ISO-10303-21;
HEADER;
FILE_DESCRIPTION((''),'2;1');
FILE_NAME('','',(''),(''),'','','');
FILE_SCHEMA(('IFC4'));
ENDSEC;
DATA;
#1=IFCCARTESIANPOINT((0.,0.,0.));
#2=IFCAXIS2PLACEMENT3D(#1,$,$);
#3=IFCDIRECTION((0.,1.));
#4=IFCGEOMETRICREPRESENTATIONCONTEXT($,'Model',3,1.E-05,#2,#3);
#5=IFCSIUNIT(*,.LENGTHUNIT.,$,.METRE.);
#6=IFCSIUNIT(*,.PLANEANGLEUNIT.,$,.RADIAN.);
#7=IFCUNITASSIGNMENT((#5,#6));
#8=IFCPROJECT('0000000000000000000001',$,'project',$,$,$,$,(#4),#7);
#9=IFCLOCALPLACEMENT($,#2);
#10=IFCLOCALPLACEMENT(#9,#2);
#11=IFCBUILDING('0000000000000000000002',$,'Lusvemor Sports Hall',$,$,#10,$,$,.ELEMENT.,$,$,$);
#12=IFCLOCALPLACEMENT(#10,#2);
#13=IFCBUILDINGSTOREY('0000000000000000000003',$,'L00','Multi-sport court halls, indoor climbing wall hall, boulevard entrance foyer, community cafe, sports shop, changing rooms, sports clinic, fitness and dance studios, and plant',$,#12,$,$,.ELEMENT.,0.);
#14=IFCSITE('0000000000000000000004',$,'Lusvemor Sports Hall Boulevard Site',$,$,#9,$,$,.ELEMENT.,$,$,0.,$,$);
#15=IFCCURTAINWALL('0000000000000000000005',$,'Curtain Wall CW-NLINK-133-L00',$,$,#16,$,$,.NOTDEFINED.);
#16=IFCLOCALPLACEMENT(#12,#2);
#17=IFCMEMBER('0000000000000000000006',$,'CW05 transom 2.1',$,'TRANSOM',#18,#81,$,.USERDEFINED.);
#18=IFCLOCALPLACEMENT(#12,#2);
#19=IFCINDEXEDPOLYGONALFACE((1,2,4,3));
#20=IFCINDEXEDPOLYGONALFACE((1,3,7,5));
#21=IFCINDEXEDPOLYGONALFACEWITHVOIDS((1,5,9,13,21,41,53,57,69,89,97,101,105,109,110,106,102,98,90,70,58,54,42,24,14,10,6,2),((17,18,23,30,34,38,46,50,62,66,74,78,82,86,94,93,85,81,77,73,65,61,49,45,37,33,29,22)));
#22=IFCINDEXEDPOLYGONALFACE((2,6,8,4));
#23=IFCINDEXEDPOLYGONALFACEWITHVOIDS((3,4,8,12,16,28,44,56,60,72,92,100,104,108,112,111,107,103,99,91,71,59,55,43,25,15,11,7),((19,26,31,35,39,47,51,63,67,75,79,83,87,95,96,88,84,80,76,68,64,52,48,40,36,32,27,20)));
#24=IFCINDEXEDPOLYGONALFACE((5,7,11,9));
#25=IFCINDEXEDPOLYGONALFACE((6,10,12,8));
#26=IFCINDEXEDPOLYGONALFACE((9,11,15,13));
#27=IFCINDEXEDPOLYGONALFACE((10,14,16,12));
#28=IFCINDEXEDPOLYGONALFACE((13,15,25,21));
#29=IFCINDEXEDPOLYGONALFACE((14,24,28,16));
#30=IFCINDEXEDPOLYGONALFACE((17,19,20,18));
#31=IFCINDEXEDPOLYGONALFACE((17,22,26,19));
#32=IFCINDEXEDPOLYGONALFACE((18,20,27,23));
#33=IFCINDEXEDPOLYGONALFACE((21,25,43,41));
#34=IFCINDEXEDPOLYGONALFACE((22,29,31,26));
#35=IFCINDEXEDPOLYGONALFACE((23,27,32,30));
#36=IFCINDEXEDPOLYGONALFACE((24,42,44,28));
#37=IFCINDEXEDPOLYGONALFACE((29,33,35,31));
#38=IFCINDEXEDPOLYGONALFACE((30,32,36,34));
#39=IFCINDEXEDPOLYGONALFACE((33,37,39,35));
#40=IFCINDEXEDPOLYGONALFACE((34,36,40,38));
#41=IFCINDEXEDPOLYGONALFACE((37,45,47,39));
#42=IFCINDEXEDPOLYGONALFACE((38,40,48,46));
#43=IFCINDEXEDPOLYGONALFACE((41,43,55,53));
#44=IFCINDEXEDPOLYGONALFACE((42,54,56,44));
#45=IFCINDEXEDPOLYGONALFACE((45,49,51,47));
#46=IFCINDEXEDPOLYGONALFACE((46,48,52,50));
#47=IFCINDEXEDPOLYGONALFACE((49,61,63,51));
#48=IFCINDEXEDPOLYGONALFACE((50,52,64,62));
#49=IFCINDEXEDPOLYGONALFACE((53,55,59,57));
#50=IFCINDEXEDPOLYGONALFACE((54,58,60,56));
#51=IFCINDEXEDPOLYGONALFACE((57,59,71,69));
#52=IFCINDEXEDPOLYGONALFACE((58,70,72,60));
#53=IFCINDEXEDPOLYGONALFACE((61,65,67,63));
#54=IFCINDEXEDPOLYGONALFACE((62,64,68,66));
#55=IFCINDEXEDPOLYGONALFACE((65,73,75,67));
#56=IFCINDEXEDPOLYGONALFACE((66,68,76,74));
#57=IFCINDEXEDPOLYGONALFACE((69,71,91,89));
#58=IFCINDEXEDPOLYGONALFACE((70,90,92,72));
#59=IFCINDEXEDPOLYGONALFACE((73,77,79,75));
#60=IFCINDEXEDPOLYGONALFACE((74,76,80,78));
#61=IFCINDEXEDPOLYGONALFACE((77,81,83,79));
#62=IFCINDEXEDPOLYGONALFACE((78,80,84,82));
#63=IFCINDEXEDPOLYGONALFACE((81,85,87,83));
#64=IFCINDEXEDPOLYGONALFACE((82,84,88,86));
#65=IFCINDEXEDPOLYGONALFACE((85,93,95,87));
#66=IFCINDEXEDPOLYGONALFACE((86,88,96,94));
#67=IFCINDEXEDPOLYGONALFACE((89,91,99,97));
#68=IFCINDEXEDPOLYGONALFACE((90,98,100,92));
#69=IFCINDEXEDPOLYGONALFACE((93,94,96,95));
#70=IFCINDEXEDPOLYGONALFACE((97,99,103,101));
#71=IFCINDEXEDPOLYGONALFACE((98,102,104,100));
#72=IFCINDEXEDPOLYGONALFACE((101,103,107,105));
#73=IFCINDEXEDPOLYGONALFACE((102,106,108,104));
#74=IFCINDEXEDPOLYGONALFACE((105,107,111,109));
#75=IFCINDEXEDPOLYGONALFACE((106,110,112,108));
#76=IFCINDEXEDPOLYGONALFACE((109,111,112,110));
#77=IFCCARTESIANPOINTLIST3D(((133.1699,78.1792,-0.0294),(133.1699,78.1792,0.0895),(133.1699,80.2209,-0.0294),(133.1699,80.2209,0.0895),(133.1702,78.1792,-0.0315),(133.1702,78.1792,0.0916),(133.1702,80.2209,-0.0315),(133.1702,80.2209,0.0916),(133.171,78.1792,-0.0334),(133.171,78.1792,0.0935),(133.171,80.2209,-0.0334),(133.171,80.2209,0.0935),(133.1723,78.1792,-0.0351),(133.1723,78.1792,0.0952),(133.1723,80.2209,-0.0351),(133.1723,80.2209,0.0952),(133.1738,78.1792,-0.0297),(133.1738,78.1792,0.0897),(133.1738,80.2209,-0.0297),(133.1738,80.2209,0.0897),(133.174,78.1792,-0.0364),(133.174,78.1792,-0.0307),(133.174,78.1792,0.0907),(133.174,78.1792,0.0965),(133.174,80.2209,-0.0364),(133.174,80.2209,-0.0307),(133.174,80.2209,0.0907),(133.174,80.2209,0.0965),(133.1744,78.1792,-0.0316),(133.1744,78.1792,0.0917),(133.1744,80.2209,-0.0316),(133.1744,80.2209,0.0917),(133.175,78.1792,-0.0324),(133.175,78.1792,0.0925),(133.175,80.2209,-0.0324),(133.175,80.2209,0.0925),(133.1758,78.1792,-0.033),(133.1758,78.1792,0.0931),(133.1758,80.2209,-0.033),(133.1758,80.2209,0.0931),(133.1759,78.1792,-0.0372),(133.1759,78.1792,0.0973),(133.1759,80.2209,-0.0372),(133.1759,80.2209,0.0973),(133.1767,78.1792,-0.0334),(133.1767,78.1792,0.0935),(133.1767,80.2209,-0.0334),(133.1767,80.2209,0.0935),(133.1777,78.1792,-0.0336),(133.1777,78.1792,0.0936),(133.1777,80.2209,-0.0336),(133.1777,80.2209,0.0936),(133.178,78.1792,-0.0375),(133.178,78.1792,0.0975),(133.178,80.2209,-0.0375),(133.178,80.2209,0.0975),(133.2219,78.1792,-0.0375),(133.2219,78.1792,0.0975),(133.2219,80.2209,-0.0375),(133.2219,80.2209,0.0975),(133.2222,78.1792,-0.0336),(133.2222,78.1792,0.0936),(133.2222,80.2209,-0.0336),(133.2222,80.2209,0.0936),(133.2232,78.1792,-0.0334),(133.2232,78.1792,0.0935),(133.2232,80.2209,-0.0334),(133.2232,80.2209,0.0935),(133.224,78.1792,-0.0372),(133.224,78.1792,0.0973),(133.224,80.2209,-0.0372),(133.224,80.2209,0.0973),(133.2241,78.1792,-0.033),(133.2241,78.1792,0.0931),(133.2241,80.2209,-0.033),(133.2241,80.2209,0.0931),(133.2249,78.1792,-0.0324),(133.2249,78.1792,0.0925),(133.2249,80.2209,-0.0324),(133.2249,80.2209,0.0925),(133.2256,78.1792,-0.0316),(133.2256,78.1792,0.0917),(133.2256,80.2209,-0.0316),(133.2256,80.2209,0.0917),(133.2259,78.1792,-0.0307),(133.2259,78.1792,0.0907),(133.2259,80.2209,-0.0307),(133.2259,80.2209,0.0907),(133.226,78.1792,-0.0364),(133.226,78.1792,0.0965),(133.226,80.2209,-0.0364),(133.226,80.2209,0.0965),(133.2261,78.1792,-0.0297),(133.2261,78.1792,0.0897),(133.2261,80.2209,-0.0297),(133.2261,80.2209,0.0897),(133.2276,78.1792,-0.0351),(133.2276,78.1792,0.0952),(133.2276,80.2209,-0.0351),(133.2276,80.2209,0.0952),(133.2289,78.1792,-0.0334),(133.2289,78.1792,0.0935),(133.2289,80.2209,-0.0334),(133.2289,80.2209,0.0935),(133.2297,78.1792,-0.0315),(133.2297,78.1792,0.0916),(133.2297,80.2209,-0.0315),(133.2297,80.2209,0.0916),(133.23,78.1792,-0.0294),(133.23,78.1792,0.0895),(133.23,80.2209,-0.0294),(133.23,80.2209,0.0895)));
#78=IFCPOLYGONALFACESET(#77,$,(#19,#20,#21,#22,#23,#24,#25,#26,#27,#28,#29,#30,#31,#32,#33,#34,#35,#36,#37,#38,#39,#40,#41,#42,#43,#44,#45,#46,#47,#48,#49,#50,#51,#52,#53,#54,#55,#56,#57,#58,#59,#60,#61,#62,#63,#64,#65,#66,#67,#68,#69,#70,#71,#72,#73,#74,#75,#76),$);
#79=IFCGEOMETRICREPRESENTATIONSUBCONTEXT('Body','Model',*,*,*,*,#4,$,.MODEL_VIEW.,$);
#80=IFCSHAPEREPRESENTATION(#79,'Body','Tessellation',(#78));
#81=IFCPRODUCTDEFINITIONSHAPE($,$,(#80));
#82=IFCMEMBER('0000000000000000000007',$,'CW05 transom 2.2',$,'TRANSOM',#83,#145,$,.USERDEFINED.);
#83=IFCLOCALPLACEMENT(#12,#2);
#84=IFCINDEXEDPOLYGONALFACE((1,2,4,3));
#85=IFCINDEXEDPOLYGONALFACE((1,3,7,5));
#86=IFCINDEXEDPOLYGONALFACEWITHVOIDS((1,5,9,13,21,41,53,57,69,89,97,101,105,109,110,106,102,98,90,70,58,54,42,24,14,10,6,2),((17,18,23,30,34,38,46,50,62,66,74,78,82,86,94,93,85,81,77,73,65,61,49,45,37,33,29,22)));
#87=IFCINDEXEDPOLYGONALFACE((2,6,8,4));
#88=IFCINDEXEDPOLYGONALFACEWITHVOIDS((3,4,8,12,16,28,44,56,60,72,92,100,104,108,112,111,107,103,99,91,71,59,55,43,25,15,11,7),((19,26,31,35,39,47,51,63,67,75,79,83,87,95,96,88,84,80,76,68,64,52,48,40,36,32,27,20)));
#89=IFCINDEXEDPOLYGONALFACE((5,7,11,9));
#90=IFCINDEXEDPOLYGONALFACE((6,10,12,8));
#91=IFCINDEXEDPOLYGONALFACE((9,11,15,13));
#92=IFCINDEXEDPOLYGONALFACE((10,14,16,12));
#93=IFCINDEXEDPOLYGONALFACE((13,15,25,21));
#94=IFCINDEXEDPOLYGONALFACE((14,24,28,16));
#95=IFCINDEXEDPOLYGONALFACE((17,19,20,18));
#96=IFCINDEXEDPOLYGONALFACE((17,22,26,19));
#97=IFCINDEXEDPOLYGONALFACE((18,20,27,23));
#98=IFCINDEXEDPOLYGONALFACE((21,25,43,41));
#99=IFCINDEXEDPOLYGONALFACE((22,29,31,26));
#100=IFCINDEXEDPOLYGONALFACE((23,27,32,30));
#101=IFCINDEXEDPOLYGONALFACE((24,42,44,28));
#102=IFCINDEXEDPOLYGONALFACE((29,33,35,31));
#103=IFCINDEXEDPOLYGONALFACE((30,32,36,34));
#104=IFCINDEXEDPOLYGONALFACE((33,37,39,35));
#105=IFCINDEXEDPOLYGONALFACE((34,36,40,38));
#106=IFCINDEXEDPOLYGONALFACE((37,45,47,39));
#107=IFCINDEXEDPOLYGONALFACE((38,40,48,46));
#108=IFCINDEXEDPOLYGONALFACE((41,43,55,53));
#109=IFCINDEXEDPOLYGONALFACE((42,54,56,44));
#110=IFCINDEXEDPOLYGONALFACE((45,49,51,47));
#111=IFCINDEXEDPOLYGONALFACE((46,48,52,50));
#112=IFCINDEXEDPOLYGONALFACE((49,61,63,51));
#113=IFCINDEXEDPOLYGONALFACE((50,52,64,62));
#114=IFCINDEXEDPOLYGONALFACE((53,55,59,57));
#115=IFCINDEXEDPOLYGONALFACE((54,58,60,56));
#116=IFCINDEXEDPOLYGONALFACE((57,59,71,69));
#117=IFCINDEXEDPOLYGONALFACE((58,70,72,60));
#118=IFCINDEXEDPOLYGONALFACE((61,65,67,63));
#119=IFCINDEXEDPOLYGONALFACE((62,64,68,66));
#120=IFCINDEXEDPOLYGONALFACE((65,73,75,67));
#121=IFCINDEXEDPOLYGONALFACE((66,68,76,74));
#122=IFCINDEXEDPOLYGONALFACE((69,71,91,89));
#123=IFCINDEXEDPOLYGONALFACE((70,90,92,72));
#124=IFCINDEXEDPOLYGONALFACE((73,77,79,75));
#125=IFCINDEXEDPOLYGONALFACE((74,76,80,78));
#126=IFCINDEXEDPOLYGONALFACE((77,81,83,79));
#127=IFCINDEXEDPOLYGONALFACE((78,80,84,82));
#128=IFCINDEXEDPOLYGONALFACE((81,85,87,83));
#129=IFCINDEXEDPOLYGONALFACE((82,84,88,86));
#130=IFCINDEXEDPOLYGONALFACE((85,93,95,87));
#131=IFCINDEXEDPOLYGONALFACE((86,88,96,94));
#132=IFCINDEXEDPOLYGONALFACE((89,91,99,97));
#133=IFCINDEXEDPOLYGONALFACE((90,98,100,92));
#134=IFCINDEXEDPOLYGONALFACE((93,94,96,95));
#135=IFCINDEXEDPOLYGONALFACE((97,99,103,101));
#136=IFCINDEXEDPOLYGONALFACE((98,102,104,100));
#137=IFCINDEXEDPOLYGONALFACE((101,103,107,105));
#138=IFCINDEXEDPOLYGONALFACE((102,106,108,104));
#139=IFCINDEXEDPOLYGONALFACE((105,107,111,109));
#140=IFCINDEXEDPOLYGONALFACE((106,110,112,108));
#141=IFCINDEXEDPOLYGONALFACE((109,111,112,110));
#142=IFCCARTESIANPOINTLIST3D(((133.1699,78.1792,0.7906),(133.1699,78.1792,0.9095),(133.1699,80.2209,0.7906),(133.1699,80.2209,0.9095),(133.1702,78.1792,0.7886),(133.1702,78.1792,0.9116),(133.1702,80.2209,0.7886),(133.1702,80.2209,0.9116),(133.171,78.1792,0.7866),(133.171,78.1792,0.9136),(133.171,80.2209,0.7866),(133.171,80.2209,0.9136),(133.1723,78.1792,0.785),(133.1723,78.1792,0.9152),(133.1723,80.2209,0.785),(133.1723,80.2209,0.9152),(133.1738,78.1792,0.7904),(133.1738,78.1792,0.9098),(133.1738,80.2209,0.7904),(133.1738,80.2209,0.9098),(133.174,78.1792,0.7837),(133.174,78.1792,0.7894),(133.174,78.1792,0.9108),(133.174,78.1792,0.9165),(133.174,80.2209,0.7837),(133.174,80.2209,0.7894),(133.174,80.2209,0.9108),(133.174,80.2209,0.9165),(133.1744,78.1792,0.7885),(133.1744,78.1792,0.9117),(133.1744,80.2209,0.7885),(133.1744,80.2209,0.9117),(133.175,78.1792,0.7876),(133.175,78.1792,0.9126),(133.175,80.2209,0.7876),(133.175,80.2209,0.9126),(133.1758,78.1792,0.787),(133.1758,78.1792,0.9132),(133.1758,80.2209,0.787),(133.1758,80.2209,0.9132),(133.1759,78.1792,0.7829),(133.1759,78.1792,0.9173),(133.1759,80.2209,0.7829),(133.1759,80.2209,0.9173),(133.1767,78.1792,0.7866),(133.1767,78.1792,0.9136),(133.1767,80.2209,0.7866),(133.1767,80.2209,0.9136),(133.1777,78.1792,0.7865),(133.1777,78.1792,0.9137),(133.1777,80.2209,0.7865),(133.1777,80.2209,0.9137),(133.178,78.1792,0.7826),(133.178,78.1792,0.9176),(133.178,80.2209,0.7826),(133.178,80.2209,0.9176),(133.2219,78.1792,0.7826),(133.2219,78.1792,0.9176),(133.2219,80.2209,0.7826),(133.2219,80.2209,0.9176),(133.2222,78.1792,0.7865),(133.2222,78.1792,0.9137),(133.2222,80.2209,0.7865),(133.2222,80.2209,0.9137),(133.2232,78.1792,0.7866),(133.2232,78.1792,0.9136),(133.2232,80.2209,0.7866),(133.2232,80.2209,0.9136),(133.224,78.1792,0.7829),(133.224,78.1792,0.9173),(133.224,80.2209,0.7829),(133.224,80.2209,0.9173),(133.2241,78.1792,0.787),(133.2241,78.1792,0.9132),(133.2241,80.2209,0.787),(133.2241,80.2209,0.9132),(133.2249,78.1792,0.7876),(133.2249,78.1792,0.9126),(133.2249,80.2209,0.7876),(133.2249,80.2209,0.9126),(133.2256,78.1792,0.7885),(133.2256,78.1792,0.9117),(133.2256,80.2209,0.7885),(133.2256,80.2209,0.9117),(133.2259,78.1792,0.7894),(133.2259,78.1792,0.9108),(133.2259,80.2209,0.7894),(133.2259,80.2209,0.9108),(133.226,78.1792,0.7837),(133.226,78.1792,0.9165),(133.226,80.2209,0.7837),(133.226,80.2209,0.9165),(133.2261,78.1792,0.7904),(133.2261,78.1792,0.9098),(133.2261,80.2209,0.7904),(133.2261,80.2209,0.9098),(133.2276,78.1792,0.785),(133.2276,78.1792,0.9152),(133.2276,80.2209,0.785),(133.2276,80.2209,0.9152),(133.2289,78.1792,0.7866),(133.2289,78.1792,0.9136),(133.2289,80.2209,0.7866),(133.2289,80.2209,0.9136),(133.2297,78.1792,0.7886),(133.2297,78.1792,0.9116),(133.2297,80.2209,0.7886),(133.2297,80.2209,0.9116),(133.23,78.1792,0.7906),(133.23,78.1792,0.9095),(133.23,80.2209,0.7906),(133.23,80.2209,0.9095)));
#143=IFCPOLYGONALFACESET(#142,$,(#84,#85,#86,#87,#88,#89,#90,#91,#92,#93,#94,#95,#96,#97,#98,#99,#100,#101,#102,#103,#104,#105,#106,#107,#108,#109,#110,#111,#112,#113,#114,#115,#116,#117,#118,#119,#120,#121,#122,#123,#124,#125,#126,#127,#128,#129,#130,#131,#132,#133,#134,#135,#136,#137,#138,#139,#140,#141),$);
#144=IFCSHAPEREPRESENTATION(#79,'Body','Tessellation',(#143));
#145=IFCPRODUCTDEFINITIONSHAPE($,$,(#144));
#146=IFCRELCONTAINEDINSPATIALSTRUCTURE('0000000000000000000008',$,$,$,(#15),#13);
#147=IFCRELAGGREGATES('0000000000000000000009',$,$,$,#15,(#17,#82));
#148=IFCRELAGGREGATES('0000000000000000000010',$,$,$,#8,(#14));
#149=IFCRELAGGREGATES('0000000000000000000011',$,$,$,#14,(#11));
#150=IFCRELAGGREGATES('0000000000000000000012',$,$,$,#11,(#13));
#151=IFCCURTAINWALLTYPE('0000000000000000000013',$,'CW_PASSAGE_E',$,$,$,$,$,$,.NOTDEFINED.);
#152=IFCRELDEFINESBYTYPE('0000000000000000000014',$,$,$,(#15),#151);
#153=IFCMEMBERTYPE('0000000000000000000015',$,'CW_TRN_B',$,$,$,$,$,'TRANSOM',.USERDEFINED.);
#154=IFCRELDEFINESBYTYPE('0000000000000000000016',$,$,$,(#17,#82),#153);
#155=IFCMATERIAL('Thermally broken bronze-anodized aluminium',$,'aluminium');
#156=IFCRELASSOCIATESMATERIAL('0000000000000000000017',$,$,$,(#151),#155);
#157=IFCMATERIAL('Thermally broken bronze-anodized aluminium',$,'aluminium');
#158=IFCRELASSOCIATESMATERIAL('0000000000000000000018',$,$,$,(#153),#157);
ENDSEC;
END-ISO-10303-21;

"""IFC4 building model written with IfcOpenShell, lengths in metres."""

from ifc_helpers import new_model, si_unit, direction, frame, origin, origin_2d, place, context, subcontext, project, spatial, hollow_rectangle, extrude, material, material_profile, profile_set, type_object, element, aggregate, save


model = new_model("IFC4")

# Units and contexts
model_context = context("Model", 3, precision=1e-05, world=origin(), true_north=direction((0.0, 1.0)))
body_context = subcontext(model_context, "Body", "Model", "MODEL_VIEW")
ifc_project = project(units=[si_unit("LENGTHUNIT", "METRE"), si_unit("PLANEANGLEUNIT", "RADIAN")], contexts=[model_context])

# Site, building, storey
site_placement = place(None, origin())
site = spatial("IfcSite", under=ifc_project, at=site_placement, Name="Lusvemor Sports Hall Boulevard Site", CompositionType="ELEMENT", RefElevation=0.0)
building_placement = place(site_placement, origin())
building = spatial("IfcBuilding", under=site, at=building_placement, Name="Lusvemor Sports Hall", CompositionType="ELEMENT")
storey_placement = place(building_placement, origin())
storey = spatial("IfcBuildingStorey", under=building, at=storey_placement, Name="L00", Description="Multi-sport court halls, indoor climbing wall hall, boulevard entrance foyer, community cafe, sports shop, changing rooms, sports clinic, fitness and dance studios, and plant", CompositionType="ELEMENT", Elevation=0.0)

# Curtain wall, members
ifc_material_1 = material(Name="Thermally broken bronze-anodized aluminium", Category="aluminium")
curtain_wall_type_1 = type_object("IfcCurtainWallType", Name="CW_PASSAGE_E", PredefinedType="NOTDEFINED", material=ifc_material_1)
curtain_wall_1_placement = place(storey_placement, origin())
curtain_wall_1 = element("IfcCurtainWall", 1, at=curtain_wall_1_placement, inside=storey, type_object=curtain_wall_type_1, Name="Curtain Wall CW-NLINK-133-L00", PredefinedType="NOTDEFINED")
ifc_material_2 = material(Name="Thermally broken bronze-anodized aluminium", Category="aluminium")
ifc_material_profile_1 = material_profile(ifc_material_2, hollow_rectangle(XDim=0.0601, YDim=0.135, WallThickness=0.0039, InnerFilletRadius=0.0039, OuterFilletRadius=0.0081, at=origin_2d()), Name="CWTRN135x60x4")
ifc_profile_set_1 = profile_set([ifc_material_profile_1], Name="Thermally broken bronze-anodized aluminium")
member_type_1 = type_object("IfcMemberType", Name="CW_TRN_B", ElementType="TRANSOM", PredefinedType="USERDEFINED", material=ifc_profile_set_1)
member_1_placement = place(storey_placement, frame((133.2, 78.1792, 0.03), z_axis=(0.0, 1.0, 0.0), x_axis=(-1.0, 0.0, 0.0)))
member_1 = element("IfcMember", 2, at=member_1_placement, type_object=member_type_1, Name="CW05 transom 2.1", ObjectType="TRANSOM", PredefinedType="USERDEFINED", context=body_context, shape_type="SweptSolid", body=[
    extrude(hollow_rectangle(XDim=0.0601, YDim=0.135, WallThickness=0.0039, InnerFilletRadius=0.0039, OuterFilletRadius=0.0081, at=origin_2d()), origin(), (0.0, 0.0, 1.0), 2.0417),
])
member_2_placement = place(storey_placement, frame((133.2, 78.1792, 0.8501), z_axis=(0.0, 1.0, 0.0), x_axis=(-1.0, 0.0, 0.0)))
member_2 = element("IfcMember", 3, at=member_2_placement, type_object=member_type_1, Name="CW05 transom 2.2", ObjectType="TRANSOM", PredefinedType="USERDEFINED", context=body_context, shape_type="SweptSolid", body=[
    extrude(hollow_rectangle(XDim=0.0601, YDim=0.135, WallThickness=0.0039, InnerFilletRadius=0.0039, OuterFilletRadius=0.0081, at=origin_2d()), origin(), (0.0, 0.0, 1.0), 2.0417),
])

aggregate(curtain_wall_1, [member_1, member_2])

save(model, "model.ifc")
